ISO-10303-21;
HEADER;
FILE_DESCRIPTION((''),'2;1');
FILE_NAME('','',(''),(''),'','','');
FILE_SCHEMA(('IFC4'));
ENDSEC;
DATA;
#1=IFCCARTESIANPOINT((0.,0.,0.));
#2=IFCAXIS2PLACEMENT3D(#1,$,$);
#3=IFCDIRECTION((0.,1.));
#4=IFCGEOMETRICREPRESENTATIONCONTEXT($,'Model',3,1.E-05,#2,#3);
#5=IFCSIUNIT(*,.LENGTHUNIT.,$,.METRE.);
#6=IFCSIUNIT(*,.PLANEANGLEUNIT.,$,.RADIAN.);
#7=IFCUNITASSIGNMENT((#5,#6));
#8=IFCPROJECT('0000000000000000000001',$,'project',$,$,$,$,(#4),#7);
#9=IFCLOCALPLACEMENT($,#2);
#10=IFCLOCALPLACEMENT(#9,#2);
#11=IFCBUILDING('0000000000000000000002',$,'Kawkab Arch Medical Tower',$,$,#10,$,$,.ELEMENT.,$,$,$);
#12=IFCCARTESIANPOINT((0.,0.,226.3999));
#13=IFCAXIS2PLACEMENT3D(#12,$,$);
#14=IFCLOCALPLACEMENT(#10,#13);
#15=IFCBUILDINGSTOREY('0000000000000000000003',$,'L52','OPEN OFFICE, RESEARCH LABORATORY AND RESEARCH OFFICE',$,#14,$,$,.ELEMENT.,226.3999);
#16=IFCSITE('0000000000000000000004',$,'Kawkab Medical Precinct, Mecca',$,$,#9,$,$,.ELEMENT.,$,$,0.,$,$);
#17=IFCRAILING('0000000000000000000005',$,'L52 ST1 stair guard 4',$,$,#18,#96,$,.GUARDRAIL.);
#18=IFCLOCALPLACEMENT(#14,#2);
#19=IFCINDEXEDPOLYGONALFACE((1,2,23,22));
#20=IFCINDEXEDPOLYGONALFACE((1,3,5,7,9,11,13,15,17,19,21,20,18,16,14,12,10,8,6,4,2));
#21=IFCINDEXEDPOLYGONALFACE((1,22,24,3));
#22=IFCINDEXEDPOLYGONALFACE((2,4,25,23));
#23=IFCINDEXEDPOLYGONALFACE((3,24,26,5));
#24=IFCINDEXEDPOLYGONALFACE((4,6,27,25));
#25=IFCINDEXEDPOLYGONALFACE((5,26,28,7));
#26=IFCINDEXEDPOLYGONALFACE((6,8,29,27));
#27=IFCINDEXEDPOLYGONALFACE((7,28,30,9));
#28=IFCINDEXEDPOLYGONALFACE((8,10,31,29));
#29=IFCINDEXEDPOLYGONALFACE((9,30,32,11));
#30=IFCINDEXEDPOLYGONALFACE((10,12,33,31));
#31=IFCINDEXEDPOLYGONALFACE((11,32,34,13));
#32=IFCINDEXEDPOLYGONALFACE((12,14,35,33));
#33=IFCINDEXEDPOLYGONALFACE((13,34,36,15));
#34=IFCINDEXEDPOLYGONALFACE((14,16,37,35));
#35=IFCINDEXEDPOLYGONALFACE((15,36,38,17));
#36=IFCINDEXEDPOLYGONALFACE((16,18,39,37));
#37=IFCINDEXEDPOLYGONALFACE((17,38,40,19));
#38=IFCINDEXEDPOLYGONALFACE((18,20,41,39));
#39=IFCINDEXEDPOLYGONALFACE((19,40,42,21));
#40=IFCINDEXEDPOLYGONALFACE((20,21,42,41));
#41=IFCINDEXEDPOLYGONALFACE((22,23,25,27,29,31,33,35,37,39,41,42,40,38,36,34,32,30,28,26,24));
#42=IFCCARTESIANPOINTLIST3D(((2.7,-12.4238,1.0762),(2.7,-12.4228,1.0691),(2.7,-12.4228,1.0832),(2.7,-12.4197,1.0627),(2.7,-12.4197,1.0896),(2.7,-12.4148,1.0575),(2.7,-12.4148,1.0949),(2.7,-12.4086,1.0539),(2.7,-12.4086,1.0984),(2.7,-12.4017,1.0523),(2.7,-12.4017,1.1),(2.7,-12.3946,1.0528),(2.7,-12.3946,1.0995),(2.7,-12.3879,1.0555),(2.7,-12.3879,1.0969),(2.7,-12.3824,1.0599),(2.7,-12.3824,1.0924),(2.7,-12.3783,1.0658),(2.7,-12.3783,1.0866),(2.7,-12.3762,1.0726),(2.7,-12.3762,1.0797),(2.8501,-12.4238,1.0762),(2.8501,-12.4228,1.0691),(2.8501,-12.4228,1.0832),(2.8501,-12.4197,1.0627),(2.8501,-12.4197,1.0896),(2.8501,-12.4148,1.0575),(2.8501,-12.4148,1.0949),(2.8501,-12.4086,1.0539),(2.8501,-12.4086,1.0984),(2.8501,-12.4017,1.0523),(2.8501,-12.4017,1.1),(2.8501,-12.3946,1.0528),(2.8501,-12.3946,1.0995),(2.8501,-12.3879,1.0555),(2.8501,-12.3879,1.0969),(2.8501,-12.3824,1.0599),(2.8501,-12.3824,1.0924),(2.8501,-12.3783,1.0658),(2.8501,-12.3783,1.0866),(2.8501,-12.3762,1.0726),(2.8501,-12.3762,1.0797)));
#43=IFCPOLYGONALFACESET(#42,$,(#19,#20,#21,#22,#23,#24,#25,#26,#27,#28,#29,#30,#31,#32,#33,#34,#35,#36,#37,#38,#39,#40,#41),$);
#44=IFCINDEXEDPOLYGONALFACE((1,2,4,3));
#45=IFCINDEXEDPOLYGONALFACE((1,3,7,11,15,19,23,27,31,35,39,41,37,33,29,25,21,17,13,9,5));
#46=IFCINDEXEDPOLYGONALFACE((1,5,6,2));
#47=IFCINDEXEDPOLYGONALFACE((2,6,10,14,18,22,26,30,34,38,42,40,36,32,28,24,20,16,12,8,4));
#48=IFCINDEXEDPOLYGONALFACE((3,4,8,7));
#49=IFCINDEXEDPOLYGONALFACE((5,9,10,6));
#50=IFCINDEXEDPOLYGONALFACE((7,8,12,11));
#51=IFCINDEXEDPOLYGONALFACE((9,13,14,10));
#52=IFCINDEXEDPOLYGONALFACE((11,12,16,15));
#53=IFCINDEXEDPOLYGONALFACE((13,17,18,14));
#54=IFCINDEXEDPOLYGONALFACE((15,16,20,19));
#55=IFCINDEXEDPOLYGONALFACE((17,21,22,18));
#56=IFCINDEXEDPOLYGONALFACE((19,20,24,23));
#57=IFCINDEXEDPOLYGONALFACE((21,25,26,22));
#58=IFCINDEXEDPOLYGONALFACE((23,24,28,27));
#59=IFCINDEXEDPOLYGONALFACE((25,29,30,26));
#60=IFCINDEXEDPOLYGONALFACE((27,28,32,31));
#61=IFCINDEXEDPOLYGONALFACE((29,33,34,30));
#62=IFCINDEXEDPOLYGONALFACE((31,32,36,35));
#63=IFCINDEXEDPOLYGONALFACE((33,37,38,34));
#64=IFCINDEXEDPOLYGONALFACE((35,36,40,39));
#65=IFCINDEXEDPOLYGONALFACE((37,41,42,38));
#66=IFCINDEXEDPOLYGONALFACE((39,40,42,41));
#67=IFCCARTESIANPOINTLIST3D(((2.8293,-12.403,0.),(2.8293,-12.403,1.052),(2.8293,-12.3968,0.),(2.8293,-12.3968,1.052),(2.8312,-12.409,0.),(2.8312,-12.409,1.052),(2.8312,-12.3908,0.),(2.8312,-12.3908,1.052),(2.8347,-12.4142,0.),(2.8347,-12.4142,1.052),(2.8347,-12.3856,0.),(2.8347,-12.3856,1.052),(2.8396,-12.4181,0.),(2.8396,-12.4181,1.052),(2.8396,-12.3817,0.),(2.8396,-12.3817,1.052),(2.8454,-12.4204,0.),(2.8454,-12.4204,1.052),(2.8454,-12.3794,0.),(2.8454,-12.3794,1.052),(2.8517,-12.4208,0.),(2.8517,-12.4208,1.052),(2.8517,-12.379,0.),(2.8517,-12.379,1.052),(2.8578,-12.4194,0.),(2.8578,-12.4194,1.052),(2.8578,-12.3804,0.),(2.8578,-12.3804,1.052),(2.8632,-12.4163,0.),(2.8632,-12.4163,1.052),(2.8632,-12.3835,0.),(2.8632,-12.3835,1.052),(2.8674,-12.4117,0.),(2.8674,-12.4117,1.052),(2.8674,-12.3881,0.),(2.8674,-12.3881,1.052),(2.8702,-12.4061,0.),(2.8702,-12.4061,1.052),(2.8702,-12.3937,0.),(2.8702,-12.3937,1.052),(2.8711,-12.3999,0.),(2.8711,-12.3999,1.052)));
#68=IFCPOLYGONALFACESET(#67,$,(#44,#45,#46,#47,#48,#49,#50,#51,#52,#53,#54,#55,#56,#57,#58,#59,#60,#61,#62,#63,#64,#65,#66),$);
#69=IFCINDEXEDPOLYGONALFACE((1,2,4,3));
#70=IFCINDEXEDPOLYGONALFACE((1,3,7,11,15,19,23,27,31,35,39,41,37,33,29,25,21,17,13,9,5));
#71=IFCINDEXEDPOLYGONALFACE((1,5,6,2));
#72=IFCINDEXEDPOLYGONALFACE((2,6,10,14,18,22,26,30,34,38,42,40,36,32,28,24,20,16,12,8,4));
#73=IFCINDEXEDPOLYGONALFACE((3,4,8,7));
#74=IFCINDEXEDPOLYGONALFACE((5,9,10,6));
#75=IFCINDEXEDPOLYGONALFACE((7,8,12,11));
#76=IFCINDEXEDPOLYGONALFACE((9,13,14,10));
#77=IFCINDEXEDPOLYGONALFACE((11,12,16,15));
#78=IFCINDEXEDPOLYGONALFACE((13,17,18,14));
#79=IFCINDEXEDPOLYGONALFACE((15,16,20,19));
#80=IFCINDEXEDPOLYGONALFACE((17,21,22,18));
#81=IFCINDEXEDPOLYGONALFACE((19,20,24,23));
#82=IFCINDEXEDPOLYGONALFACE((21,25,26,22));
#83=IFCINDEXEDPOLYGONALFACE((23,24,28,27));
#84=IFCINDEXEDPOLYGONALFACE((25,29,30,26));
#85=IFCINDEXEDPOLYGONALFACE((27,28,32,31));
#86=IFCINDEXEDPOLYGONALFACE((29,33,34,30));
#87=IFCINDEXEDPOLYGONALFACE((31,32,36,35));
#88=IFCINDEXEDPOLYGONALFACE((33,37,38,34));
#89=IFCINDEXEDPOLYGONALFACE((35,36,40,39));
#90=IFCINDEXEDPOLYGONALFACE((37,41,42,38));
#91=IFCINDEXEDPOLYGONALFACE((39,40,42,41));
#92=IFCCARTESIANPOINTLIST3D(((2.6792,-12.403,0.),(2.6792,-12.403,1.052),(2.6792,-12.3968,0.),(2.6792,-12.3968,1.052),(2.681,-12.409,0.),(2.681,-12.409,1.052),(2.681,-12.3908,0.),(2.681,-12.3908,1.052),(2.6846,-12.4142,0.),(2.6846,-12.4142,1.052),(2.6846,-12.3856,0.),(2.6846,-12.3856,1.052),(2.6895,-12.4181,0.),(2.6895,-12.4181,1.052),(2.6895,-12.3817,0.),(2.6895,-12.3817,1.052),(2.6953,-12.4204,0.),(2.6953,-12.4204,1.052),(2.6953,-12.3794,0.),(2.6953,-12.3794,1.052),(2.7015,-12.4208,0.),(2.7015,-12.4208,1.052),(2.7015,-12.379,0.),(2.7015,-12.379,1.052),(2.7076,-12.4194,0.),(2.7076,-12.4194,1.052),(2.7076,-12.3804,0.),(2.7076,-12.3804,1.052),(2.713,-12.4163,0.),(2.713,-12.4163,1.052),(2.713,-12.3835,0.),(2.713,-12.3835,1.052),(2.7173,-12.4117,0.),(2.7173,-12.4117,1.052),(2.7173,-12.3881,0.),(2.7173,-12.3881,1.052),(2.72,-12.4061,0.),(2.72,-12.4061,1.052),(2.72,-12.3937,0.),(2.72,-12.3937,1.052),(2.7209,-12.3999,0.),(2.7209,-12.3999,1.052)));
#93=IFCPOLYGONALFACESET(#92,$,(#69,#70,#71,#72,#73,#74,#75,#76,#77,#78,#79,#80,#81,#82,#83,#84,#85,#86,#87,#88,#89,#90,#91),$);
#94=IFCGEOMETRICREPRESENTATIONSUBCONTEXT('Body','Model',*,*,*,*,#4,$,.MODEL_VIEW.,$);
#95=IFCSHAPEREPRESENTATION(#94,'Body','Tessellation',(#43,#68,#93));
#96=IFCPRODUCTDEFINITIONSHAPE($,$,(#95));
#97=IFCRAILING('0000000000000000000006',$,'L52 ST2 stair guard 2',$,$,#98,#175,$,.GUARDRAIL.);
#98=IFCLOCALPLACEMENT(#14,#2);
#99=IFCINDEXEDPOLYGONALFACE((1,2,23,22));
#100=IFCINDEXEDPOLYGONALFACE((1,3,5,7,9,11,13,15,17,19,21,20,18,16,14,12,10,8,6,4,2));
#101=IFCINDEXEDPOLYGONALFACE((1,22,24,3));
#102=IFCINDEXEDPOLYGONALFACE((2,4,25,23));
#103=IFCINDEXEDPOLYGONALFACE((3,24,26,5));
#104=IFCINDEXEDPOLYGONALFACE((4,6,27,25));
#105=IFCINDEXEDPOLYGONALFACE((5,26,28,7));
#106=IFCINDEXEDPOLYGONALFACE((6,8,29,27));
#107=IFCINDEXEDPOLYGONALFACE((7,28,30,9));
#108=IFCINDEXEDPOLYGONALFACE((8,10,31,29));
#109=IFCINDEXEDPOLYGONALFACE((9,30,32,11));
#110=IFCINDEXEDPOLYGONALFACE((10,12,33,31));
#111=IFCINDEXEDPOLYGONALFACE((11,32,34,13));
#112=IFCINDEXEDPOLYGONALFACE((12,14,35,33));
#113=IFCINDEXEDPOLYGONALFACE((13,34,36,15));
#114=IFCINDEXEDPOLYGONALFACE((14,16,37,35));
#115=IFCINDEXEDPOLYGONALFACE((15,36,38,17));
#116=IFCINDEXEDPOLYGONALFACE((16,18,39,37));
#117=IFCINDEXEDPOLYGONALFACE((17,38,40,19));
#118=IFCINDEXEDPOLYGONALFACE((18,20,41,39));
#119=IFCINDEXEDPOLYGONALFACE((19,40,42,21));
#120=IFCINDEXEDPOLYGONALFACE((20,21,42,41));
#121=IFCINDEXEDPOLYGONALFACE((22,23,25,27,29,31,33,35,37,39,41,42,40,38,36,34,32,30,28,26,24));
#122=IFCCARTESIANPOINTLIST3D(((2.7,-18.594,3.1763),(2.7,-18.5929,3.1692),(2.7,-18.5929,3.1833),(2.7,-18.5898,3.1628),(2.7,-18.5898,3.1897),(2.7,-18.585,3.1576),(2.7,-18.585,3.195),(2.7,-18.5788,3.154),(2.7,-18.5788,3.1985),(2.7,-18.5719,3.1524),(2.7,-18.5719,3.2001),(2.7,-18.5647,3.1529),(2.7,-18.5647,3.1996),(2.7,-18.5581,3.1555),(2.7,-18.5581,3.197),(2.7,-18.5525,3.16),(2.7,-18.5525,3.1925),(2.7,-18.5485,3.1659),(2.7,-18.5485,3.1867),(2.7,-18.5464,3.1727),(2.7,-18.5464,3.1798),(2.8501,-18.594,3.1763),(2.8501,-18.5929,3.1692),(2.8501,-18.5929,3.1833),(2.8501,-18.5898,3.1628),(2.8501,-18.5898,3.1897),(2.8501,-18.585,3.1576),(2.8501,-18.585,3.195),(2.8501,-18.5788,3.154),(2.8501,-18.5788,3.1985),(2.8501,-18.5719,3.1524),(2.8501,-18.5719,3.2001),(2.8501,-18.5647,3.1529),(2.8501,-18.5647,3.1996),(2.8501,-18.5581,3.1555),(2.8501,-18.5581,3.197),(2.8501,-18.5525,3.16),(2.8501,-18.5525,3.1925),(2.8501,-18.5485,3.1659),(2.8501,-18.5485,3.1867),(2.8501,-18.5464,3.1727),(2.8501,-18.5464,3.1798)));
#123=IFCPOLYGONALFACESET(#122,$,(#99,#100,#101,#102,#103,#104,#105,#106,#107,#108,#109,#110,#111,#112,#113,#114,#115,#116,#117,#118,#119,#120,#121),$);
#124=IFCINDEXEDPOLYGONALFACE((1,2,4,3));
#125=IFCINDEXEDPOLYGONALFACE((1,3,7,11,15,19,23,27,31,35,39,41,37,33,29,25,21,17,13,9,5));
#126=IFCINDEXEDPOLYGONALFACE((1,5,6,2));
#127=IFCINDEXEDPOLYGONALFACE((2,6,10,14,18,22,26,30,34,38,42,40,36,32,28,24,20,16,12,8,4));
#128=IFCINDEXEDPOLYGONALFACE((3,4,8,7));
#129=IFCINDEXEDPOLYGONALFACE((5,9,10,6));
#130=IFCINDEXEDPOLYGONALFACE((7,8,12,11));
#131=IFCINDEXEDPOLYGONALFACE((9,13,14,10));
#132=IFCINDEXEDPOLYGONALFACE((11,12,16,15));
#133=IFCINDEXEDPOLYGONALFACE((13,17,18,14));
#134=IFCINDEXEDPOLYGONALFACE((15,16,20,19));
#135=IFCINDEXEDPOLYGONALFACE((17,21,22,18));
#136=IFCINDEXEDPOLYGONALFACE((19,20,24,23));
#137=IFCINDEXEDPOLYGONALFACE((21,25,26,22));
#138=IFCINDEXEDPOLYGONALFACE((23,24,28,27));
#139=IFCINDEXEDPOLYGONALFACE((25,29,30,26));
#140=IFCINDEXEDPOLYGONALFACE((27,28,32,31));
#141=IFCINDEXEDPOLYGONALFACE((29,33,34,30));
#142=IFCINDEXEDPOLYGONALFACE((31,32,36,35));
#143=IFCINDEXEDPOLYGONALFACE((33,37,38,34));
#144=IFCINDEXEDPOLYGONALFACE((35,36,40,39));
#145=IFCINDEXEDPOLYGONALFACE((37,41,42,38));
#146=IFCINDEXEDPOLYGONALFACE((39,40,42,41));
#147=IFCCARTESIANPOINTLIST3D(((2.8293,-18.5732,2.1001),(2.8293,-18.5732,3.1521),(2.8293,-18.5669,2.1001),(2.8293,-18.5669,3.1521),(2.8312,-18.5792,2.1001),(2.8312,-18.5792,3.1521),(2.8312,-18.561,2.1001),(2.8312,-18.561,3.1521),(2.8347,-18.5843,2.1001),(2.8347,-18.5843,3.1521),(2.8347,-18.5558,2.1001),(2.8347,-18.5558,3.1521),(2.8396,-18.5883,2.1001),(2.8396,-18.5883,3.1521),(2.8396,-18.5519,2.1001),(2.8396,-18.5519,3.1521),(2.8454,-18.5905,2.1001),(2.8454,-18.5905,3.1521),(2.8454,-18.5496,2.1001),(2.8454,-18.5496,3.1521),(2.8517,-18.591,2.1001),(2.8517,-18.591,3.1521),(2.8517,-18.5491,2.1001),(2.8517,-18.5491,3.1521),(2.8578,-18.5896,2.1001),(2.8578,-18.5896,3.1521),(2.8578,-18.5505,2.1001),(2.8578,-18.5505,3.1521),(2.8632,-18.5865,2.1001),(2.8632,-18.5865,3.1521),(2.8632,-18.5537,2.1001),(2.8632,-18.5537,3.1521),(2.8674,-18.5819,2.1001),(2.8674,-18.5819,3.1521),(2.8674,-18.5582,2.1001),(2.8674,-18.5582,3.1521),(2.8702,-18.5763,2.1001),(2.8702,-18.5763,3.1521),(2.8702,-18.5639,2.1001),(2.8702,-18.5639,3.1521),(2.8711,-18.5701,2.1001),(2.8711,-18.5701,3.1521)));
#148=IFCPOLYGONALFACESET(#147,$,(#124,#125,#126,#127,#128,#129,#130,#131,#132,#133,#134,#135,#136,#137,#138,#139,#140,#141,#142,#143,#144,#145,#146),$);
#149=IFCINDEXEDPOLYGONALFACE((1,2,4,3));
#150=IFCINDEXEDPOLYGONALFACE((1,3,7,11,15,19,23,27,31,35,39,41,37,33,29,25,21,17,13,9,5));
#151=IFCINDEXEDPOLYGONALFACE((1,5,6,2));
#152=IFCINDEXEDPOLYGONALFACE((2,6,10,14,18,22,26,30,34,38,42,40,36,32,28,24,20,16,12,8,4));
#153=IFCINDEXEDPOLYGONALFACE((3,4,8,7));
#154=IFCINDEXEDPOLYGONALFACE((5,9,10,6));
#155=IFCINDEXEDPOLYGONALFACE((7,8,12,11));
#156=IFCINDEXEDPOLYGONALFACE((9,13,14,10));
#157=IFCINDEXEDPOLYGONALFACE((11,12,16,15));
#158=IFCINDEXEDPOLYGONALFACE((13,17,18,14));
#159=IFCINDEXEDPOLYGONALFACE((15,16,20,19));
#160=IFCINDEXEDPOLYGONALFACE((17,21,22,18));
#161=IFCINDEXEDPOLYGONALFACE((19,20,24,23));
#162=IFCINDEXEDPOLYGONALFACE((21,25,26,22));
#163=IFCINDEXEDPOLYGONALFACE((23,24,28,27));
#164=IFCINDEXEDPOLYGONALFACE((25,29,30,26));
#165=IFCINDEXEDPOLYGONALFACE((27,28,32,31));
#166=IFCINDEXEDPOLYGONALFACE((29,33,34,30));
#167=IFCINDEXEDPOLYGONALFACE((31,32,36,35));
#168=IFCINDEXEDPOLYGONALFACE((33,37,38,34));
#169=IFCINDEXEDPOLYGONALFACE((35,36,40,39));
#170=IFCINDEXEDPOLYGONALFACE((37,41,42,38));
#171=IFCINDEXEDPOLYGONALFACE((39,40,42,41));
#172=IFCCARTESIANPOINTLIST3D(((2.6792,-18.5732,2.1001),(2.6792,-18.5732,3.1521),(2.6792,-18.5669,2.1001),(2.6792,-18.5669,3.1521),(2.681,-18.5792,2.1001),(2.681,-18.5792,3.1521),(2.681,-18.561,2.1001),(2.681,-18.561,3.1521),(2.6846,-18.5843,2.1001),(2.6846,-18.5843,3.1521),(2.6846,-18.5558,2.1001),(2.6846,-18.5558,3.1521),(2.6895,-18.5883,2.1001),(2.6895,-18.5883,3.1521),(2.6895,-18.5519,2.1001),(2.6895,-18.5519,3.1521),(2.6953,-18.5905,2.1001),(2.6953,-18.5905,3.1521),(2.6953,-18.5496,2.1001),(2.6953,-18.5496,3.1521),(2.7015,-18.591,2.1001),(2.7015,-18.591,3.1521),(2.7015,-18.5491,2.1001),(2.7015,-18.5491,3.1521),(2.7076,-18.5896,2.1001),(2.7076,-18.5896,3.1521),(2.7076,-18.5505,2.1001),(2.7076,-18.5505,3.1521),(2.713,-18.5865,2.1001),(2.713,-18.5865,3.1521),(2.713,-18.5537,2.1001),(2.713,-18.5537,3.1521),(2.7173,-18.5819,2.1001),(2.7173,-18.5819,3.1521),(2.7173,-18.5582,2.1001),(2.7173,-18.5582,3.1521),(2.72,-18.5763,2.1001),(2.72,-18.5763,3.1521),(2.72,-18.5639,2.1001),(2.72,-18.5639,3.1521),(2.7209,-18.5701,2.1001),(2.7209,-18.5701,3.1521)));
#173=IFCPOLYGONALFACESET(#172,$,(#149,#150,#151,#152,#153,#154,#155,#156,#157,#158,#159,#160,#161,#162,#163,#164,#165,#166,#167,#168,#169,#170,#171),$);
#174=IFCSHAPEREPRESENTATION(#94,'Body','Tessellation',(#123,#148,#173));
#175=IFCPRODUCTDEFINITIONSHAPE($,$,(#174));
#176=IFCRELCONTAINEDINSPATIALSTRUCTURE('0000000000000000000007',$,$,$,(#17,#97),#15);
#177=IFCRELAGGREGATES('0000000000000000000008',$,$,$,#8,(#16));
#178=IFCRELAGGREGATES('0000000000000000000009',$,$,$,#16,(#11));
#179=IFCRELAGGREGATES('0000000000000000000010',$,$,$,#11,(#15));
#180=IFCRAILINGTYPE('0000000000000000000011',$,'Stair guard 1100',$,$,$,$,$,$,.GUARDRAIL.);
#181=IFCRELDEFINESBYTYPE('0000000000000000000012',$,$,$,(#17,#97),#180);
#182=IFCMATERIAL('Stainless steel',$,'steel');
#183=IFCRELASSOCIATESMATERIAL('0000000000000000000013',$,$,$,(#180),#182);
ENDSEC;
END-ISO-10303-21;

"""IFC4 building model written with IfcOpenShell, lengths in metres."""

from ifc_helpers import new_model, si_unit, direction, frame, origin, origin_2d, place, context, subcontext, project, spatial, circle, extrude, material, type_object, element, save


model = new_model("IFC4")

# Units and contexts
model_context = context("Model", 3, precision=1e-05, world=origin(), true_north=direction((0.0, 1.0)))
body_context = subcontext(model_context, "Body", "Model", "MODEL_VIEW")
ifc_project = project(units=[si_unit("LENGTHUNIT", "METRE"), si_unit("PLANEANGLEUNIT", "RADIAN")], contexts=[model_context])

# Site, building, storey
site_placement = place(None, origin())
site = spatial("IfcSite", under=ifc_project, at=site_placement, Name="Kawkab Medical Precinct, Mecca", CompositionType="ELEMENT", RefElevation=0.0)
building_placement = place(site_placement, origin())
building = spatial("IfcBuilding", under=site, at=building_placement, Name="Kawkab Arch Medical Tower", CompositionType="ELEMENT")
storey_placement = place(building_placement, frame((0.0, 0.0, 226.3999)))
storey = spatial("IfcBuildingStorey", under=building, at=storey_placement, Name="L52", Description="OPEN OFFICE, RESEARCH LABORATORY AND RESEARCH OFFICE", CompositionType="ELEMENT", Elevation=226.3999)

# Railings
ifc_material_1 = material(Name="Stainless steel", Category="steel")
railing_type_1 = type_object("IfcRailingType", Name="Stair guard 1100", PredefinedType="GUARDRAIL", material=ifc_material_1)
for number, where, name in (
    (1, (2.8501, -12.3999, 0.0), "L52 ST1 stair guard 4"),
    (2, (2.8501, -18.5701, 2.1001), "L52 ST2 stair guard 2"),
):
    element("IfcRailing", number, at=place(storey_placement, frame(where)), inside=storey, type_object=railing_type_1, Name=name, PredefinedType="GUARDRAIL", context=body_context, shape_type="SweptSolid", body=[
        extrude(circle(Radius=0.0239, at=origin_2d()), frame((0.0, 0.0, 1.0762), z_axis=(-1.0, 0.0, 0.0), x_axis=(0.0, -1.0, 0.0)), (0.0, 0.0, 1.0), 0.1501),
        extrude(circle(Radius=0.021, at=origin_2d()), origin(), (0.0, 0.0, 1.0), 1.052),
        extrude(circle(Radius=0.021, at=origin_2d()), frame((-0.1501, 0.0, 0.0)), (0.0, 0.0, 1.0), 1.052),
    ])

save(model, "model.ifc")
